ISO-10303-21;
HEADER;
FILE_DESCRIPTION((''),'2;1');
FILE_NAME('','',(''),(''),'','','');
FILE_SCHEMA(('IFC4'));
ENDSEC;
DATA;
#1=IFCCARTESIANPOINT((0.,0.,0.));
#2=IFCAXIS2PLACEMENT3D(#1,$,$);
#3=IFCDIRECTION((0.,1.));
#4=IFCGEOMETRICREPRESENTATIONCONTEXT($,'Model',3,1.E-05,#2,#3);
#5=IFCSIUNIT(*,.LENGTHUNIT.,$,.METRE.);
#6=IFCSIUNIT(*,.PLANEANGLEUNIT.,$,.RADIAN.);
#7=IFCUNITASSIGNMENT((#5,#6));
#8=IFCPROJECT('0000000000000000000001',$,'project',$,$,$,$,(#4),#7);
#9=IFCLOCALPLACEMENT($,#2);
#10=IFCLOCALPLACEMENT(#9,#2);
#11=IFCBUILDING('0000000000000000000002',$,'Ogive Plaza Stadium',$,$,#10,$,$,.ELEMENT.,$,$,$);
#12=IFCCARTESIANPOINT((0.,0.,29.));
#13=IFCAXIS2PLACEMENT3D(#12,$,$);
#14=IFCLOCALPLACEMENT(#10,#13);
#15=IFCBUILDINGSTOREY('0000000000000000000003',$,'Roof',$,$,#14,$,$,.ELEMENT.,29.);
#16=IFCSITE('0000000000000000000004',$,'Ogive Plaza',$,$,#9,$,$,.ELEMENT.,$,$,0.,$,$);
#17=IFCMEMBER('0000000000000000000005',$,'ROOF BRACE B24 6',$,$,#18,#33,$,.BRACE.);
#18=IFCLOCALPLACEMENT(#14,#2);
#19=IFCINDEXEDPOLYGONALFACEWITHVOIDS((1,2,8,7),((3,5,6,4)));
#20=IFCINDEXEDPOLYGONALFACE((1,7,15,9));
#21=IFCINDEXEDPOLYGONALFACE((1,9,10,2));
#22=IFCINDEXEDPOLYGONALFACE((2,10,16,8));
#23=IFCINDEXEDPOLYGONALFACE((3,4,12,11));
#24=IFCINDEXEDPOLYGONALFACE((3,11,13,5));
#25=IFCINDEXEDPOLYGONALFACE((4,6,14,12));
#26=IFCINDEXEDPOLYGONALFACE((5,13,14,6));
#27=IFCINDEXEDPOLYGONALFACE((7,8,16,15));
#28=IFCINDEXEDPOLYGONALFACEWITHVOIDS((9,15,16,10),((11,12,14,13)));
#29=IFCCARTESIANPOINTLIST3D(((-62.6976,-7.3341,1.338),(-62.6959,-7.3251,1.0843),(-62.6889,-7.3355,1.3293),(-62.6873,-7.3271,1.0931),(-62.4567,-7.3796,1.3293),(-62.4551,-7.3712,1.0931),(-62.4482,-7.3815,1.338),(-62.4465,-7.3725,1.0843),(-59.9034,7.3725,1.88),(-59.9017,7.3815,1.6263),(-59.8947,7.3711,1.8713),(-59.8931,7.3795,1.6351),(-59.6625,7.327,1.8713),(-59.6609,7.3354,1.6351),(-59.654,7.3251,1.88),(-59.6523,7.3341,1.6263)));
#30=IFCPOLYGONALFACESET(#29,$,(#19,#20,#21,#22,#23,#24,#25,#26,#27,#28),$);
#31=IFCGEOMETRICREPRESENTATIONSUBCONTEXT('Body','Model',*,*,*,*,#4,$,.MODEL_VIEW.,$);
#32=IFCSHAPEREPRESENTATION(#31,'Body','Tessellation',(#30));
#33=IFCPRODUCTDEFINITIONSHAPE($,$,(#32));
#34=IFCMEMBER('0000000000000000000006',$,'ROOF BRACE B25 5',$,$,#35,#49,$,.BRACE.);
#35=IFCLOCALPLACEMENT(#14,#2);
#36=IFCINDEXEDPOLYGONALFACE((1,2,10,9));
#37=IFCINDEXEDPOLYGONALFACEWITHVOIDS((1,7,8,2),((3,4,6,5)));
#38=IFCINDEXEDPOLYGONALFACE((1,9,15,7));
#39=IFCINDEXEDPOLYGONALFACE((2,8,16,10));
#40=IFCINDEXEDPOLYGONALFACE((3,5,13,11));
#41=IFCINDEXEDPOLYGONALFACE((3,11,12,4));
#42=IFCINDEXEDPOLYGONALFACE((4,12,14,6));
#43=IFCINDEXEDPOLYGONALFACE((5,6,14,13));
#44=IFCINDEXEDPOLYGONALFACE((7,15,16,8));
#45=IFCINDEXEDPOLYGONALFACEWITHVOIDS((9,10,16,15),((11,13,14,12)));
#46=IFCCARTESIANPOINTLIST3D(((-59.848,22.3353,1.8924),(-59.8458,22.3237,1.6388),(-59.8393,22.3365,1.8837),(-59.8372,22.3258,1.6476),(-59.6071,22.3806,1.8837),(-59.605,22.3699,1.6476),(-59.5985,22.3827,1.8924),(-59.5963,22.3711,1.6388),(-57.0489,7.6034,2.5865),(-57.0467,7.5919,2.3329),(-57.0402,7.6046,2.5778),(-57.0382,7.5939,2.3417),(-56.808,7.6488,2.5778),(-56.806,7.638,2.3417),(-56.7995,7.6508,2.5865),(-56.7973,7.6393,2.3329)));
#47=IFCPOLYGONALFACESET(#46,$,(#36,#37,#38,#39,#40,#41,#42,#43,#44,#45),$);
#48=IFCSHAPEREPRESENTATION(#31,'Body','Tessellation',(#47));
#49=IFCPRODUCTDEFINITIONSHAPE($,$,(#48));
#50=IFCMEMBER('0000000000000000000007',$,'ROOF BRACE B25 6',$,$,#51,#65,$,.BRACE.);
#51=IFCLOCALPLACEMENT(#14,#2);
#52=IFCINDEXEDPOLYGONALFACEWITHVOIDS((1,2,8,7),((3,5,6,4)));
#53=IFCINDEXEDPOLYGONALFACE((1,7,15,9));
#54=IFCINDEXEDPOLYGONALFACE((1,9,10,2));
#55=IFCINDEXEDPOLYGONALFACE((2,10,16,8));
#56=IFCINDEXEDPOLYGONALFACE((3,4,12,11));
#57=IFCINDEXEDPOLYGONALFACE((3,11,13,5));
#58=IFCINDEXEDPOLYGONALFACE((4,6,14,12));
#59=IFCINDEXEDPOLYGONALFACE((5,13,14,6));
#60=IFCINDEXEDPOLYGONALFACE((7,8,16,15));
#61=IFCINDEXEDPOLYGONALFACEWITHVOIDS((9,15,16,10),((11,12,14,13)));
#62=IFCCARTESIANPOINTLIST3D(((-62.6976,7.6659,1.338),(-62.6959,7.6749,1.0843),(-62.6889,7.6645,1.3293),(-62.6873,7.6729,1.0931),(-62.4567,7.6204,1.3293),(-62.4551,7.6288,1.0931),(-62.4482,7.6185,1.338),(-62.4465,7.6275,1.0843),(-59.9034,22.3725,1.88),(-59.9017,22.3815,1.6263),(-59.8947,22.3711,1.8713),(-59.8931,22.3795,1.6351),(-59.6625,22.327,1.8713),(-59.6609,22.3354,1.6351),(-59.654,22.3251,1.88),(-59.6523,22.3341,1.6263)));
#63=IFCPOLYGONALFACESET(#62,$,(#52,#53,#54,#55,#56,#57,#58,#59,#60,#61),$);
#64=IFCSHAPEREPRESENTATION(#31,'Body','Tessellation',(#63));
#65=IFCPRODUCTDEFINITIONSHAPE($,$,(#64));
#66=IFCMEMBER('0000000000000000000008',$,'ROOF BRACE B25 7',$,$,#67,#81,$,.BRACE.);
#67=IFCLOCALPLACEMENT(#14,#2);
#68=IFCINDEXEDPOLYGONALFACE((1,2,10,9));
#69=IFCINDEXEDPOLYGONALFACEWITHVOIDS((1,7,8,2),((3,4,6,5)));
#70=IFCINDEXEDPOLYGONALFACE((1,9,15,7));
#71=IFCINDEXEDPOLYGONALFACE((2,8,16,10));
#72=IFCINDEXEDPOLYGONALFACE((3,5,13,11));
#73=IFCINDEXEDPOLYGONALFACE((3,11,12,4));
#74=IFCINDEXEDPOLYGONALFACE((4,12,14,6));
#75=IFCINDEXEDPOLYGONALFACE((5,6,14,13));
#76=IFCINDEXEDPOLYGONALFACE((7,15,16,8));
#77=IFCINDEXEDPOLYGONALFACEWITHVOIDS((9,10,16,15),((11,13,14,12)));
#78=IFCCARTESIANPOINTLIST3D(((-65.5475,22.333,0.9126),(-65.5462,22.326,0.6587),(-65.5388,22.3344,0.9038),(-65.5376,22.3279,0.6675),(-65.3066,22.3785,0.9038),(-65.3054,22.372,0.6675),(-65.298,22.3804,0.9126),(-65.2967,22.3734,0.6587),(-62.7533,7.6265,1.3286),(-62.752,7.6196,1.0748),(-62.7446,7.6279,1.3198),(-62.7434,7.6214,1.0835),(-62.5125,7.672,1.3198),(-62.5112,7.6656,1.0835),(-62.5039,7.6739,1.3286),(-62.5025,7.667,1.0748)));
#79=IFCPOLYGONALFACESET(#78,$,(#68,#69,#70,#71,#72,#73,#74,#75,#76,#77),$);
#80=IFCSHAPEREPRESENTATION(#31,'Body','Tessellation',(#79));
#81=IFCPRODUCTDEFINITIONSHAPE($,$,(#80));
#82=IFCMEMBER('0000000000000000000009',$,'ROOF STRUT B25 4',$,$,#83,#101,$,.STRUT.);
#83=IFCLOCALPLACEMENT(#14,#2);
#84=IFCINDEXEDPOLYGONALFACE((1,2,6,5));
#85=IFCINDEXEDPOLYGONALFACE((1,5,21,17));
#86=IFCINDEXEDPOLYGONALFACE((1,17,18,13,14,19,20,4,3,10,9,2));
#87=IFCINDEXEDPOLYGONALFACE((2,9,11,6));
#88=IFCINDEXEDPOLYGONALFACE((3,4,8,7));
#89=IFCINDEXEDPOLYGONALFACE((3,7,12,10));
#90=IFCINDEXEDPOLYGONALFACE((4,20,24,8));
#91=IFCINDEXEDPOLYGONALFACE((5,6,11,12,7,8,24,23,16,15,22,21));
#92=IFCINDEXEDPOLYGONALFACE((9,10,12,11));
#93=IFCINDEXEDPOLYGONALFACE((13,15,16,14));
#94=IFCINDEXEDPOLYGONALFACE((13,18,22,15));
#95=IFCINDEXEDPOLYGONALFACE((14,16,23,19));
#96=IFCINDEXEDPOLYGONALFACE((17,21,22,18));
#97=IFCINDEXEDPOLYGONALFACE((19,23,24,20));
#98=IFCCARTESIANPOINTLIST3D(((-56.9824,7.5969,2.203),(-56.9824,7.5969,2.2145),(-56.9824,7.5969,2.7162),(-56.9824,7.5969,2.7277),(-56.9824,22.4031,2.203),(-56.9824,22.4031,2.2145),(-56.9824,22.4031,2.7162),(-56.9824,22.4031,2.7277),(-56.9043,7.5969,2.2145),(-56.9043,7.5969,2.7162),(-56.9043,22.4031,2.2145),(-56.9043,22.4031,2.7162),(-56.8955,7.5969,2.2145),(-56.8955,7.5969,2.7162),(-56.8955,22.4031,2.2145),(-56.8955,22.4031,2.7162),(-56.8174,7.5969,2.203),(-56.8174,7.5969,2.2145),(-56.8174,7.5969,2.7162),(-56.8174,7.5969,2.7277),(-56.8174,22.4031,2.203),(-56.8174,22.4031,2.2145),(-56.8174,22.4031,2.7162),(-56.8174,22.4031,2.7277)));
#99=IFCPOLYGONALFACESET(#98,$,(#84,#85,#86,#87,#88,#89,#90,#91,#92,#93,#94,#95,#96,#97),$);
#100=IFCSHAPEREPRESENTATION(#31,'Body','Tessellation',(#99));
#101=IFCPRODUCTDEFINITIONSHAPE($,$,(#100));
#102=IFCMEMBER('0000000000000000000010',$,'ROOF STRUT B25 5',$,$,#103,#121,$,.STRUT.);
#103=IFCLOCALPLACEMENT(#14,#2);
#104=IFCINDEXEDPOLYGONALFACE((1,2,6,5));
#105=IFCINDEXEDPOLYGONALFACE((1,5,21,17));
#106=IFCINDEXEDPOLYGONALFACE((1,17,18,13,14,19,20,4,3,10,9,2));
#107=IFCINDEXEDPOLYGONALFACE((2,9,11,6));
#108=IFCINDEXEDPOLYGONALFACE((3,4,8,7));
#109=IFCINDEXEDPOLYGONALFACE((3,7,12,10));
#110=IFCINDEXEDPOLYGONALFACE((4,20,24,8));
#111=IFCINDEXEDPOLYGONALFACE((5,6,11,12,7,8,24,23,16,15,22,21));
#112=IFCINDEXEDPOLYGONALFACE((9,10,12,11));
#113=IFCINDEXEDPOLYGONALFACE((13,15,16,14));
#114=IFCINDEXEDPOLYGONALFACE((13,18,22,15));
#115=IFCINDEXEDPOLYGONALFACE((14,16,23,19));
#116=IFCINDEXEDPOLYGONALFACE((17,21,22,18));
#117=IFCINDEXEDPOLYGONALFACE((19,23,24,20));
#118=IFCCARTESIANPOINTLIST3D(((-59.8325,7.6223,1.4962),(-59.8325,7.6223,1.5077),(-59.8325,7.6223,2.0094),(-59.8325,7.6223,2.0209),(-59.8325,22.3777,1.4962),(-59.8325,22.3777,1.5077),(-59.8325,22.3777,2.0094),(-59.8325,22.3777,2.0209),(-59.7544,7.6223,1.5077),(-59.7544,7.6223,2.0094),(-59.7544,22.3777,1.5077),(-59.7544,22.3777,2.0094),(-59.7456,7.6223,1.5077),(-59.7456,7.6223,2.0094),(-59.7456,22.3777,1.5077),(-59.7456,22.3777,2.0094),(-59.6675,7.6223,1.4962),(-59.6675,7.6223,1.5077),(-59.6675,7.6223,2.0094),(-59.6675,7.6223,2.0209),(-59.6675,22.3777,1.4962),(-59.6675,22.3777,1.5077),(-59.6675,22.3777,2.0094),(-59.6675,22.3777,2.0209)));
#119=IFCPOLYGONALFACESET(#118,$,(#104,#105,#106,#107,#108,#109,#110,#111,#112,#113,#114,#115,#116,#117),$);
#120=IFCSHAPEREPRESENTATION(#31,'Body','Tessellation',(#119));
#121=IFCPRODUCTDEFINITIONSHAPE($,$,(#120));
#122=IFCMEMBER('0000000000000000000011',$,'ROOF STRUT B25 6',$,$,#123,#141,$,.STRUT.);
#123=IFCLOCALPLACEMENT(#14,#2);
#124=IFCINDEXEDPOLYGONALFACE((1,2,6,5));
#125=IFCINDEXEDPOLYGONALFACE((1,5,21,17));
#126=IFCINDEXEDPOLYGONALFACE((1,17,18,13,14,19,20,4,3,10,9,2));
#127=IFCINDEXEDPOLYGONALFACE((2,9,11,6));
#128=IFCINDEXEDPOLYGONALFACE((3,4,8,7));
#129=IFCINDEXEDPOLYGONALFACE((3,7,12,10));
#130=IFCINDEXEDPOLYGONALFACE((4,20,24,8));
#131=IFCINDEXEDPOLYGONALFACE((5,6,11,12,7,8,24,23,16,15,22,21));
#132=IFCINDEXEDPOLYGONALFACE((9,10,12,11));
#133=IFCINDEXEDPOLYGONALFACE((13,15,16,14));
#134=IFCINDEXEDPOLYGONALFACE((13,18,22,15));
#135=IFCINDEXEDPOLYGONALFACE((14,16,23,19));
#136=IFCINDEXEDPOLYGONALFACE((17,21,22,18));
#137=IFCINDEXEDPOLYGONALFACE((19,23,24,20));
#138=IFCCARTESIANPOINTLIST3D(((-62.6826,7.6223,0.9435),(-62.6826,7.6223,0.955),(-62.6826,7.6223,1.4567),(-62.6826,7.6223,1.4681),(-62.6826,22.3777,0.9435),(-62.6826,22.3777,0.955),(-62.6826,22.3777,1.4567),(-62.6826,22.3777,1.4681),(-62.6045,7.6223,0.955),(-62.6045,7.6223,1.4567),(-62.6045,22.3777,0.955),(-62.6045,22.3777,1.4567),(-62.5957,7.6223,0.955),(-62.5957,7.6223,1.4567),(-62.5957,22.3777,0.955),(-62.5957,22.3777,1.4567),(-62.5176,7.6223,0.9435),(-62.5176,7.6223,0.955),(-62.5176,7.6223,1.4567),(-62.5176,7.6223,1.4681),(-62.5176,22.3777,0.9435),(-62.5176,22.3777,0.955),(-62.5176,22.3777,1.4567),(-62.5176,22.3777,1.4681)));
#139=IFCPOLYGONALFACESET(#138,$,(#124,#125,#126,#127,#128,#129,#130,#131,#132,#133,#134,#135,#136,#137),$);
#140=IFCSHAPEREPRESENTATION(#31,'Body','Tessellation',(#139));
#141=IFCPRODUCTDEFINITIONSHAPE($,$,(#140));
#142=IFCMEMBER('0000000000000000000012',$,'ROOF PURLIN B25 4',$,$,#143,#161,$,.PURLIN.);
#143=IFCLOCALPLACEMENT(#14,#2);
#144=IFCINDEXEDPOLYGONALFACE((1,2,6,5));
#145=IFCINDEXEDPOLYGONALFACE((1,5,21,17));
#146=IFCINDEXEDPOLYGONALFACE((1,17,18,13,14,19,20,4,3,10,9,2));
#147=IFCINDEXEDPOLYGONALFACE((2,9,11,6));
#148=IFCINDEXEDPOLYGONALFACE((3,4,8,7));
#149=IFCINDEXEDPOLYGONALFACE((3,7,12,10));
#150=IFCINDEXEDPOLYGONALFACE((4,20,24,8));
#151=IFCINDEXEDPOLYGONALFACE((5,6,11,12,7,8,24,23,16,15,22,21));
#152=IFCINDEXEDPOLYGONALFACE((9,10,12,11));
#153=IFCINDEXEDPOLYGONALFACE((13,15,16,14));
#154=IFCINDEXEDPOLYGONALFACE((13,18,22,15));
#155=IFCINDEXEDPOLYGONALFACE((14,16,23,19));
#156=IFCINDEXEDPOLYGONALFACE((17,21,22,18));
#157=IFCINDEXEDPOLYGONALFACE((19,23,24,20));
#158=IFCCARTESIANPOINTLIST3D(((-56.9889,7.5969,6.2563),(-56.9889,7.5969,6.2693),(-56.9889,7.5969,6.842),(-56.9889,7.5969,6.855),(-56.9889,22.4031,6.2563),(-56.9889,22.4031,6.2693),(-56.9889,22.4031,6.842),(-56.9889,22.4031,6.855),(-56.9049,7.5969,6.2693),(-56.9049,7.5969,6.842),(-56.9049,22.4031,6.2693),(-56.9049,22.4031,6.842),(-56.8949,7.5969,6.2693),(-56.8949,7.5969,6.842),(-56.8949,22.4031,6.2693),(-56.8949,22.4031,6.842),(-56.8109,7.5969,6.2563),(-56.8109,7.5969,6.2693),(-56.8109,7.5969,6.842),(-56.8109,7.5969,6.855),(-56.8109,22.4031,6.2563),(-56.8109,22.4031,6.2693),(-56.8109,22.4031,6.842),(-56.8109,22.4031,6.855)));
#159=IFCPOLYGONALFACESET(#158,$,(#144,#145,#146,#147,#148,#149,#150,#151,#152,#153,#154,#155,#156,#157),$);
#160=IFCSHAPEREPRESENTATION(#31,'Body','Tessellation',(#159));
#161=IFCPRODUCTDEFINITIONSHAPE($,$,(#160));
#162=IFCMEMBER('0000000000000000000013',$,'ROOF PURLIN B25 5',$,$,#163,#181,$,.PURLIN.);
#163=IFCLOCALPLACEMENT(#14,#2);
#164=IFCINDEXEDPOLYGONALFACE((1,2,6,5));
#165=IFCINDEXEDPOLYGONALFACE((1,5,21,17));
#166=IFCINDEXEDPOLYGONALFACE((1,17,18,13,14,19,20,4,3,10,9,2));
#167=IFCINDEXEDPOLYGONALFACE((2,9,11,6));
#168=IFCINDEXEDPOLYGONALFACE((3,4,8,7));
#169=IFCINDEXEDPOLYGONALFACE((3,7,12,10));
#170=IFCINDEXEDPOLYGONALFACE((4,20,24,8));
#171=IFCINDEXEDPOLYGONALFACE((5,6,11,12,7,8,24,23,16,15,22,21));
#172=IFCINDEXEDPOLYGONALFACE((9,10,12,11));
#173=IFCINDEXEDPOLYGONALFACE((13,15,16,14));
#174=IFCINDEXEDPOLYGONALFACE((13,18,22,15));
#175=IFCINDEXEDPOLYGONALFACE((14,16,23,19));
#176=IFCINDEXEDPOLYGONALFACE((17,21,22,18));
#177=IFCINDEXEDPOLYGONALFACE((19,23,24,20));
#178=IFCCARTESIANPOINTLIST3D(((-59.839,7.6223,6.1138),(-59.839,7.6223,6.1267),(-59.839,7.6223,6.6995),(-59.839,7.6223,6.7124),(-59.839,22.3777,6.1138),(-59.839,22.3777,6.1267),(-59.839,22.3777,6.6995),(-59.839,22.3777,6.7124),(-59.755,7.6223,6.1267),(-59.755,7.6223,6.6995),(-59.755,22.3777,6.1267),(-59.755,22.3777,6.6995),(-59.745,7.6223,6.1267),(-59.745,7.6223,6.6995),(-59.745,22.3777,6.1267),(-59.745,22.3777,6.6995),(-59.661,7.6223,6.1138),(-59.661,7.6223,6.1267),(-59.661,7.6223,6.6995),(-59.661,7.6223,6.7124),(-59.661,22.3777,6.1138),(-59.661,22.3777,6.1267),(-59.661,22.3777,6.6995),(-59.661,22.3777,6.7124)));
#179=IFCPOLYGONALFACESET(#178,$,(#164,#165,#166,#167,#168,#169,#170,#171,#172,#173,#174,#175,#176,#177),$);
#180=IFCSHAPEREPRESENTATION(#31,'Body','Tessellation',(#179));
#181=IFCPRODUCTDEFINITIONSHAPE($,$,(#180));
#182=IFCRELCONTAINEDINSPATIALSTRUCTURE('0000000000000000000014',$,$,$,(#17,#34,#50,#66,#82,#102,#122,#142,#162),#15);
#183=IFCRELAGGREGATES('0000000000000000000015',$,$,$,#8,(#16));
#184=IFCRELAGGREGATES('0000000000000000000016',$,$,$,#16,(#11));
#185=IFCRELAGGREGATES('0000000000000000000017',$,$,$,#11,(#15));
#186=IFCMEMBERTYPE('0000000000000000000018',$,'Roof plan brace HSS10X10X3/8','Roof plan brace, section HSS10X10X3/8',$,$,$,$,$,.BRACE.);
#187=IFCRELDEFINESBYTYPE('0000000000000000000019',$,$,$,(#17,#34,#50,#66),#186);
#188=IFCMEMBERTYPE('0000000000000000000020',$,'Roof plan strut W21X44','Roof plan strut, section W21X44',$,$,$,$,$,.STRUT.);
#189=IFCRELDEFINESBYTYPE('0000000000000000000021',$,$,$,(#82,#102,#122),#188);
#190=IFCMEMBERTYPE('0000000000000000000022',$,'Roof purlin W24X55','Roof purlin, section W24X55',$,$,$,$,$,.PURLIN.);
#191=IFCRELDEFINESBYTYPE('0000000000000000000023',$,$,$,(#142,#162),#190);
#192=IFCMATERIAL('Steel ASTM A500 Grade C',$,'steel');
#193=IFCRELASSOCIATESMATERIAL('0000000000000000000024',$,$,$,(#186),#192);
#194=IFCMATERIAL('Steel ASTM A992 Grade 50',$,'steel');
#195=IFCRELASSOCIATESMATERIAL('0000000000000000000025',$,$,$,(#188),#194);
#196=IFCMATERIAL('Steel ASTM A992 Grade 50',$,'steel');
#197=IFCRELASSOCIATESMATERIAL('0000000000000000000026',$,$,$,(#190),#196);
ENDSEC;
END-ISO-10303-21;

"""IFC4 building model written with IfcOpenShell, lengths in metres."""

from ifc_helpers import new_model, si_unit, direction, frame, origin, origin_2d, place, context, subcontext, project, spatial, hollow_rectangle, i_section, extrude, material, material_profile, profile_set, type_object, element, save


model = new_model("IFC4")

# Units and contexts
model_context = context("Model", 3, precision=1e-05, world=origin(), true_north=direction((0.0, 1.0)))
body_context = subcontext(model_context, "Body", "Model", "MODEL_VIEW")
ifc_project = project(units=[si_unit("LENGTHUNIT", "METRE"), si_unit("PLANEANGLEUNIT", "RADIAN")], contexts=[model_context])

# Site, building, storey
site_placement = place(None, origin())
site = spatial("IfcSite", under=ifc_project, at=site_placement, Name="Ogive Plaza", CompositionType="ELEMENT", RefElevation=0.0)
building_placement = place(site_placement, origin())
building = spatial("IfcBuilding", under=site, at=building_placement, Name="Ogive Plaza Stadium", CompositionType="ELEMENT")
storey_placement = place(building_placement, frame((0.0, 0.0, 29.0)))
storey = spatial("IfcBuildingStorey", under=building, at=storey_placement, Name="Roof", CompositionType="ELEMENT", Elevation=29.0)

# Members
ifc_material_1 = material(Name="Steel ASTM A500 Grade C", Category="steel")
ifc_material_profile_1 = material_profile(ifc_material_1, hollow_rectangle(XDim=0.2539, YDim=0.2539, WallThickness=0.0088, at=origin_2d()), Name="HSS10X10X3/8")
ifc_profile_set_1 = profile_set([ifc_material_profile_1], Name="Steel ASTM A500 Grade C")
member_type_1 = type_object("IfcMemberType", Name="Roof plan brace HSS10X10X3/8", Description="Roof plan brace, section HSS10X10X3/8", PredefinedType="BRACE", material=ifc_profile_set_1)
member_1_placement = place(storey_placement, frame((-59.7778, 7.3533, 1.7532), z_axis=(-0.186535, -0.981782, -0.036182), x_axis=(0.982425, -0.186657, 0.0)))
element("IfcMember", 1, at=member_1_placement, inside=storey, type_object=member_type_1, Name="ROOF BRACE B24 6", PredefinedType="BRACE", context=body_context, shape_type="SweptSolid", body=[
    extrude(hollow_rectangle(XDim=0.2539, YDim=0.2539, WallThickness=0.0088, at=origin_2d()), origin(), (0.0, 0.0, 1.0), 14.9795),
])
member_2_placement = place(storey_placement, frame((-56.9231, 7.6213, 2.4597), z_axis=(-0.186461, 0.981374, -0.046237), x_axis=(-0.982424, -0.186661, 0.0)))
element("IfcMember", 2, at=member_2_placement, inside=storey, type_object=member_type_1, Name="ROOF BRACE B25 5", PredefinedType="BRACE", context=body_context, shape_type="SweptSolid", body=[
    extrude(hollow_rectangle(XDim=0.2539, YDim=0.2539, WallThickness=0.0088, at=origin_2d()), origin(), (0.0, 0.0, 1.0), 15.0115),
])
member_3_placement = place(storey_placement, frame((-59.7778, 22.3533, 1.7532), z_axis=(-0.186535, -0.981782, -0.036182), x_axis=(0.982425, -0.186657, 0.0)))
element("IfcMember", 3, at=member_3_placement, inside=storey, type_object=member_type_1, Name="ROOF BRACE B25 6", PredefinedType="BRACE", context=body_context, shape_type="SweptSolid", body=[
    extrude(hollow_rectangle(XDim=0.2539, YDim=0.2539, WallThickness=0.0088, at=origin_2d()), origin(), (0.0, 0.0, 1.0), 14.9795),
])
member_4_placement = place(storey_placement, frame((-62.6279, 7.6467, 1.2017), z_axis=(-0.186585, 0.982046, -0.02778), x_axis=(-0.982425, -0.186657, 0.0)))
element("IfcMember", 4, at=member_4_placement, inside=storey, type_object=member_type_1, Name="ROOF BRACE B25 7", PredefinedType="BRACE", context=body_context, shape_type="SweptSolid", body=[
    extrude(hollow_rectangle(XDim=0.2539, YDim=0.2539, WallThickness=0.0088, at=origin_2d()), origin(), (0.0, 0.0, 1.0), 14.9753),
])
ifc_material_2 = material(Name="Steel ASTM A992 Grade 50", Category="steel")
ifc_material_profile_2 = material_profile(ifc_material_2, i_section(OverallWidth=0.165, OverallDepth=0.5247, WebThickness=0.0088, FlangeThickness=0.0115, at=origin_2d()), Name="W21X44")
ifc_profile_set_2 = profile_set([ifc_material_profile_2], Name="Steel ASTM A992 Grade 50")
member_type_2 = type_object("IfcMemberType", Name="Roof plan strut W21X44", Description="Roof plan strut, section W21X44", PredefinedType="STRUT", material=ifc_profile_set_2)
member_5_placement = place(storey_placement, frame((-56.8999, 7.5969, 2.4653), z_axis=(0.0, 1.0, 0.0), x_axis=(-1.0, 0.0, 0.0)))
element("IfcMember", 5, at=member_5_placement, inside=storey, type_object=member_type_2, Name="ROOF STRUT B25 4", PredefinedType="STRUT", context=body_context, shape_type="SweptSolid", body=[
    extrude(i_section(OverallWidth=0.165, OverallDepth=0.5247, WebThickness=0.0088, FlangeThickness=0.0115, at=origin_2d()), origin(), (0.0, 0.0, 1.0), 14.8062),
])
for number, where, z_axis, x_axis, name in (
    (6, (-59.75, 7.6223, 1.7585), (0.0, 1.0, 0.0), (-1.0, 0.0, 0.0), "ROOF STRUT B25 5"),
    (7, (-62.6001, 7.6223, 1.2058), (0.0, 1.0, 0.0), (-1.0, 0.0, 0.0), "ROOF STRUT B25 6"),
):
    element("IfcMember", number, at=place(storey_placement, frame(where, z_axis=z_axis, x_axis=x_axis)), inside=storey, type_object=member_type_2, Name=name, PredefinedType="STRUT", context=body_context, shape_type="SweptSolid", body=[
        extrude(i_section(OverallWidth=0.165, OverallDepth=0.5247, WebThickness=0.0088, FlangeThickness=0.0115, at=origin_2d()), origin(), (0.0, 0.0, 1.0), 14.7554),
    ])
ifc_material_3 = material(Name="Steel ASTM A992 Grade 50", Category="steel")
ifc_material_profile_3 = material_profile(ifc_material_3, i_section(OverallWidth=0.178, OverallDepth=0.5986, WebThickness=0.01, FlangeThickness=0.0129, at=origin_2d()), Name="W24X55")
ifc_profile_set_3 = profile_set([ifc_material_profile_3], Name="Steel ASTM A992 Grade 50")
member_type_3 = type_object("IfcMemberType", Name="Roof purlin W24X55", Description="Roof purlin, section W24X55", PredefinedType="PURLIN", material=ifc_profile_set_3)
member_6_placement = place(storey_placement, frame((-56.8999, 7.5969, 6.5557), z_axis=(0.0, 1.0, 0.0), x_axis=(-1.0, 0.0, 0.0)))
element("IfcMember", 8, at=member_6_placement, inside=storey, type_object=member_type_3, Name="ROOF PURLIN B25 4", PredefinedType="PURLIN", context=body_context, shape_type="SweptSolid", body=[
    extrude(i_section(OverallWidth=0.178, OverallDepth=0.5986, WebThickness=0.01, FlangeThickness=0.0129, at=origin_2d()), origin(), (0.0, 0.0, 1.0), 14.8062),
])
for number, where, z_axis, x_axis, name in (
    (9, (-59.75, 7.6223, 6.4131), (0.0, 1.0, 0.0), (-1.0, 0.0, 0.0), "ROOF PURLIN B25 5"),
):
    element("IfcMember", number, at=place(storey_placement, frame(where, z_axis=z_axis, x_axis=x_axis)), inside=storey, type_object=member_type_3, Name=name, PredefinedType="PURLIN", context=body_context, shape_type="SweptSolid", body=[
        extrude(i_section(OverallWidth=0.178, OverallDepth=0.5986, WebThickness=0.01, FlangeThickness=0.0129, at=origin_2d()), origin(), (0.0, 0.0, 1.0), 14.7554),
    ])

save(model, "model.ifc")
